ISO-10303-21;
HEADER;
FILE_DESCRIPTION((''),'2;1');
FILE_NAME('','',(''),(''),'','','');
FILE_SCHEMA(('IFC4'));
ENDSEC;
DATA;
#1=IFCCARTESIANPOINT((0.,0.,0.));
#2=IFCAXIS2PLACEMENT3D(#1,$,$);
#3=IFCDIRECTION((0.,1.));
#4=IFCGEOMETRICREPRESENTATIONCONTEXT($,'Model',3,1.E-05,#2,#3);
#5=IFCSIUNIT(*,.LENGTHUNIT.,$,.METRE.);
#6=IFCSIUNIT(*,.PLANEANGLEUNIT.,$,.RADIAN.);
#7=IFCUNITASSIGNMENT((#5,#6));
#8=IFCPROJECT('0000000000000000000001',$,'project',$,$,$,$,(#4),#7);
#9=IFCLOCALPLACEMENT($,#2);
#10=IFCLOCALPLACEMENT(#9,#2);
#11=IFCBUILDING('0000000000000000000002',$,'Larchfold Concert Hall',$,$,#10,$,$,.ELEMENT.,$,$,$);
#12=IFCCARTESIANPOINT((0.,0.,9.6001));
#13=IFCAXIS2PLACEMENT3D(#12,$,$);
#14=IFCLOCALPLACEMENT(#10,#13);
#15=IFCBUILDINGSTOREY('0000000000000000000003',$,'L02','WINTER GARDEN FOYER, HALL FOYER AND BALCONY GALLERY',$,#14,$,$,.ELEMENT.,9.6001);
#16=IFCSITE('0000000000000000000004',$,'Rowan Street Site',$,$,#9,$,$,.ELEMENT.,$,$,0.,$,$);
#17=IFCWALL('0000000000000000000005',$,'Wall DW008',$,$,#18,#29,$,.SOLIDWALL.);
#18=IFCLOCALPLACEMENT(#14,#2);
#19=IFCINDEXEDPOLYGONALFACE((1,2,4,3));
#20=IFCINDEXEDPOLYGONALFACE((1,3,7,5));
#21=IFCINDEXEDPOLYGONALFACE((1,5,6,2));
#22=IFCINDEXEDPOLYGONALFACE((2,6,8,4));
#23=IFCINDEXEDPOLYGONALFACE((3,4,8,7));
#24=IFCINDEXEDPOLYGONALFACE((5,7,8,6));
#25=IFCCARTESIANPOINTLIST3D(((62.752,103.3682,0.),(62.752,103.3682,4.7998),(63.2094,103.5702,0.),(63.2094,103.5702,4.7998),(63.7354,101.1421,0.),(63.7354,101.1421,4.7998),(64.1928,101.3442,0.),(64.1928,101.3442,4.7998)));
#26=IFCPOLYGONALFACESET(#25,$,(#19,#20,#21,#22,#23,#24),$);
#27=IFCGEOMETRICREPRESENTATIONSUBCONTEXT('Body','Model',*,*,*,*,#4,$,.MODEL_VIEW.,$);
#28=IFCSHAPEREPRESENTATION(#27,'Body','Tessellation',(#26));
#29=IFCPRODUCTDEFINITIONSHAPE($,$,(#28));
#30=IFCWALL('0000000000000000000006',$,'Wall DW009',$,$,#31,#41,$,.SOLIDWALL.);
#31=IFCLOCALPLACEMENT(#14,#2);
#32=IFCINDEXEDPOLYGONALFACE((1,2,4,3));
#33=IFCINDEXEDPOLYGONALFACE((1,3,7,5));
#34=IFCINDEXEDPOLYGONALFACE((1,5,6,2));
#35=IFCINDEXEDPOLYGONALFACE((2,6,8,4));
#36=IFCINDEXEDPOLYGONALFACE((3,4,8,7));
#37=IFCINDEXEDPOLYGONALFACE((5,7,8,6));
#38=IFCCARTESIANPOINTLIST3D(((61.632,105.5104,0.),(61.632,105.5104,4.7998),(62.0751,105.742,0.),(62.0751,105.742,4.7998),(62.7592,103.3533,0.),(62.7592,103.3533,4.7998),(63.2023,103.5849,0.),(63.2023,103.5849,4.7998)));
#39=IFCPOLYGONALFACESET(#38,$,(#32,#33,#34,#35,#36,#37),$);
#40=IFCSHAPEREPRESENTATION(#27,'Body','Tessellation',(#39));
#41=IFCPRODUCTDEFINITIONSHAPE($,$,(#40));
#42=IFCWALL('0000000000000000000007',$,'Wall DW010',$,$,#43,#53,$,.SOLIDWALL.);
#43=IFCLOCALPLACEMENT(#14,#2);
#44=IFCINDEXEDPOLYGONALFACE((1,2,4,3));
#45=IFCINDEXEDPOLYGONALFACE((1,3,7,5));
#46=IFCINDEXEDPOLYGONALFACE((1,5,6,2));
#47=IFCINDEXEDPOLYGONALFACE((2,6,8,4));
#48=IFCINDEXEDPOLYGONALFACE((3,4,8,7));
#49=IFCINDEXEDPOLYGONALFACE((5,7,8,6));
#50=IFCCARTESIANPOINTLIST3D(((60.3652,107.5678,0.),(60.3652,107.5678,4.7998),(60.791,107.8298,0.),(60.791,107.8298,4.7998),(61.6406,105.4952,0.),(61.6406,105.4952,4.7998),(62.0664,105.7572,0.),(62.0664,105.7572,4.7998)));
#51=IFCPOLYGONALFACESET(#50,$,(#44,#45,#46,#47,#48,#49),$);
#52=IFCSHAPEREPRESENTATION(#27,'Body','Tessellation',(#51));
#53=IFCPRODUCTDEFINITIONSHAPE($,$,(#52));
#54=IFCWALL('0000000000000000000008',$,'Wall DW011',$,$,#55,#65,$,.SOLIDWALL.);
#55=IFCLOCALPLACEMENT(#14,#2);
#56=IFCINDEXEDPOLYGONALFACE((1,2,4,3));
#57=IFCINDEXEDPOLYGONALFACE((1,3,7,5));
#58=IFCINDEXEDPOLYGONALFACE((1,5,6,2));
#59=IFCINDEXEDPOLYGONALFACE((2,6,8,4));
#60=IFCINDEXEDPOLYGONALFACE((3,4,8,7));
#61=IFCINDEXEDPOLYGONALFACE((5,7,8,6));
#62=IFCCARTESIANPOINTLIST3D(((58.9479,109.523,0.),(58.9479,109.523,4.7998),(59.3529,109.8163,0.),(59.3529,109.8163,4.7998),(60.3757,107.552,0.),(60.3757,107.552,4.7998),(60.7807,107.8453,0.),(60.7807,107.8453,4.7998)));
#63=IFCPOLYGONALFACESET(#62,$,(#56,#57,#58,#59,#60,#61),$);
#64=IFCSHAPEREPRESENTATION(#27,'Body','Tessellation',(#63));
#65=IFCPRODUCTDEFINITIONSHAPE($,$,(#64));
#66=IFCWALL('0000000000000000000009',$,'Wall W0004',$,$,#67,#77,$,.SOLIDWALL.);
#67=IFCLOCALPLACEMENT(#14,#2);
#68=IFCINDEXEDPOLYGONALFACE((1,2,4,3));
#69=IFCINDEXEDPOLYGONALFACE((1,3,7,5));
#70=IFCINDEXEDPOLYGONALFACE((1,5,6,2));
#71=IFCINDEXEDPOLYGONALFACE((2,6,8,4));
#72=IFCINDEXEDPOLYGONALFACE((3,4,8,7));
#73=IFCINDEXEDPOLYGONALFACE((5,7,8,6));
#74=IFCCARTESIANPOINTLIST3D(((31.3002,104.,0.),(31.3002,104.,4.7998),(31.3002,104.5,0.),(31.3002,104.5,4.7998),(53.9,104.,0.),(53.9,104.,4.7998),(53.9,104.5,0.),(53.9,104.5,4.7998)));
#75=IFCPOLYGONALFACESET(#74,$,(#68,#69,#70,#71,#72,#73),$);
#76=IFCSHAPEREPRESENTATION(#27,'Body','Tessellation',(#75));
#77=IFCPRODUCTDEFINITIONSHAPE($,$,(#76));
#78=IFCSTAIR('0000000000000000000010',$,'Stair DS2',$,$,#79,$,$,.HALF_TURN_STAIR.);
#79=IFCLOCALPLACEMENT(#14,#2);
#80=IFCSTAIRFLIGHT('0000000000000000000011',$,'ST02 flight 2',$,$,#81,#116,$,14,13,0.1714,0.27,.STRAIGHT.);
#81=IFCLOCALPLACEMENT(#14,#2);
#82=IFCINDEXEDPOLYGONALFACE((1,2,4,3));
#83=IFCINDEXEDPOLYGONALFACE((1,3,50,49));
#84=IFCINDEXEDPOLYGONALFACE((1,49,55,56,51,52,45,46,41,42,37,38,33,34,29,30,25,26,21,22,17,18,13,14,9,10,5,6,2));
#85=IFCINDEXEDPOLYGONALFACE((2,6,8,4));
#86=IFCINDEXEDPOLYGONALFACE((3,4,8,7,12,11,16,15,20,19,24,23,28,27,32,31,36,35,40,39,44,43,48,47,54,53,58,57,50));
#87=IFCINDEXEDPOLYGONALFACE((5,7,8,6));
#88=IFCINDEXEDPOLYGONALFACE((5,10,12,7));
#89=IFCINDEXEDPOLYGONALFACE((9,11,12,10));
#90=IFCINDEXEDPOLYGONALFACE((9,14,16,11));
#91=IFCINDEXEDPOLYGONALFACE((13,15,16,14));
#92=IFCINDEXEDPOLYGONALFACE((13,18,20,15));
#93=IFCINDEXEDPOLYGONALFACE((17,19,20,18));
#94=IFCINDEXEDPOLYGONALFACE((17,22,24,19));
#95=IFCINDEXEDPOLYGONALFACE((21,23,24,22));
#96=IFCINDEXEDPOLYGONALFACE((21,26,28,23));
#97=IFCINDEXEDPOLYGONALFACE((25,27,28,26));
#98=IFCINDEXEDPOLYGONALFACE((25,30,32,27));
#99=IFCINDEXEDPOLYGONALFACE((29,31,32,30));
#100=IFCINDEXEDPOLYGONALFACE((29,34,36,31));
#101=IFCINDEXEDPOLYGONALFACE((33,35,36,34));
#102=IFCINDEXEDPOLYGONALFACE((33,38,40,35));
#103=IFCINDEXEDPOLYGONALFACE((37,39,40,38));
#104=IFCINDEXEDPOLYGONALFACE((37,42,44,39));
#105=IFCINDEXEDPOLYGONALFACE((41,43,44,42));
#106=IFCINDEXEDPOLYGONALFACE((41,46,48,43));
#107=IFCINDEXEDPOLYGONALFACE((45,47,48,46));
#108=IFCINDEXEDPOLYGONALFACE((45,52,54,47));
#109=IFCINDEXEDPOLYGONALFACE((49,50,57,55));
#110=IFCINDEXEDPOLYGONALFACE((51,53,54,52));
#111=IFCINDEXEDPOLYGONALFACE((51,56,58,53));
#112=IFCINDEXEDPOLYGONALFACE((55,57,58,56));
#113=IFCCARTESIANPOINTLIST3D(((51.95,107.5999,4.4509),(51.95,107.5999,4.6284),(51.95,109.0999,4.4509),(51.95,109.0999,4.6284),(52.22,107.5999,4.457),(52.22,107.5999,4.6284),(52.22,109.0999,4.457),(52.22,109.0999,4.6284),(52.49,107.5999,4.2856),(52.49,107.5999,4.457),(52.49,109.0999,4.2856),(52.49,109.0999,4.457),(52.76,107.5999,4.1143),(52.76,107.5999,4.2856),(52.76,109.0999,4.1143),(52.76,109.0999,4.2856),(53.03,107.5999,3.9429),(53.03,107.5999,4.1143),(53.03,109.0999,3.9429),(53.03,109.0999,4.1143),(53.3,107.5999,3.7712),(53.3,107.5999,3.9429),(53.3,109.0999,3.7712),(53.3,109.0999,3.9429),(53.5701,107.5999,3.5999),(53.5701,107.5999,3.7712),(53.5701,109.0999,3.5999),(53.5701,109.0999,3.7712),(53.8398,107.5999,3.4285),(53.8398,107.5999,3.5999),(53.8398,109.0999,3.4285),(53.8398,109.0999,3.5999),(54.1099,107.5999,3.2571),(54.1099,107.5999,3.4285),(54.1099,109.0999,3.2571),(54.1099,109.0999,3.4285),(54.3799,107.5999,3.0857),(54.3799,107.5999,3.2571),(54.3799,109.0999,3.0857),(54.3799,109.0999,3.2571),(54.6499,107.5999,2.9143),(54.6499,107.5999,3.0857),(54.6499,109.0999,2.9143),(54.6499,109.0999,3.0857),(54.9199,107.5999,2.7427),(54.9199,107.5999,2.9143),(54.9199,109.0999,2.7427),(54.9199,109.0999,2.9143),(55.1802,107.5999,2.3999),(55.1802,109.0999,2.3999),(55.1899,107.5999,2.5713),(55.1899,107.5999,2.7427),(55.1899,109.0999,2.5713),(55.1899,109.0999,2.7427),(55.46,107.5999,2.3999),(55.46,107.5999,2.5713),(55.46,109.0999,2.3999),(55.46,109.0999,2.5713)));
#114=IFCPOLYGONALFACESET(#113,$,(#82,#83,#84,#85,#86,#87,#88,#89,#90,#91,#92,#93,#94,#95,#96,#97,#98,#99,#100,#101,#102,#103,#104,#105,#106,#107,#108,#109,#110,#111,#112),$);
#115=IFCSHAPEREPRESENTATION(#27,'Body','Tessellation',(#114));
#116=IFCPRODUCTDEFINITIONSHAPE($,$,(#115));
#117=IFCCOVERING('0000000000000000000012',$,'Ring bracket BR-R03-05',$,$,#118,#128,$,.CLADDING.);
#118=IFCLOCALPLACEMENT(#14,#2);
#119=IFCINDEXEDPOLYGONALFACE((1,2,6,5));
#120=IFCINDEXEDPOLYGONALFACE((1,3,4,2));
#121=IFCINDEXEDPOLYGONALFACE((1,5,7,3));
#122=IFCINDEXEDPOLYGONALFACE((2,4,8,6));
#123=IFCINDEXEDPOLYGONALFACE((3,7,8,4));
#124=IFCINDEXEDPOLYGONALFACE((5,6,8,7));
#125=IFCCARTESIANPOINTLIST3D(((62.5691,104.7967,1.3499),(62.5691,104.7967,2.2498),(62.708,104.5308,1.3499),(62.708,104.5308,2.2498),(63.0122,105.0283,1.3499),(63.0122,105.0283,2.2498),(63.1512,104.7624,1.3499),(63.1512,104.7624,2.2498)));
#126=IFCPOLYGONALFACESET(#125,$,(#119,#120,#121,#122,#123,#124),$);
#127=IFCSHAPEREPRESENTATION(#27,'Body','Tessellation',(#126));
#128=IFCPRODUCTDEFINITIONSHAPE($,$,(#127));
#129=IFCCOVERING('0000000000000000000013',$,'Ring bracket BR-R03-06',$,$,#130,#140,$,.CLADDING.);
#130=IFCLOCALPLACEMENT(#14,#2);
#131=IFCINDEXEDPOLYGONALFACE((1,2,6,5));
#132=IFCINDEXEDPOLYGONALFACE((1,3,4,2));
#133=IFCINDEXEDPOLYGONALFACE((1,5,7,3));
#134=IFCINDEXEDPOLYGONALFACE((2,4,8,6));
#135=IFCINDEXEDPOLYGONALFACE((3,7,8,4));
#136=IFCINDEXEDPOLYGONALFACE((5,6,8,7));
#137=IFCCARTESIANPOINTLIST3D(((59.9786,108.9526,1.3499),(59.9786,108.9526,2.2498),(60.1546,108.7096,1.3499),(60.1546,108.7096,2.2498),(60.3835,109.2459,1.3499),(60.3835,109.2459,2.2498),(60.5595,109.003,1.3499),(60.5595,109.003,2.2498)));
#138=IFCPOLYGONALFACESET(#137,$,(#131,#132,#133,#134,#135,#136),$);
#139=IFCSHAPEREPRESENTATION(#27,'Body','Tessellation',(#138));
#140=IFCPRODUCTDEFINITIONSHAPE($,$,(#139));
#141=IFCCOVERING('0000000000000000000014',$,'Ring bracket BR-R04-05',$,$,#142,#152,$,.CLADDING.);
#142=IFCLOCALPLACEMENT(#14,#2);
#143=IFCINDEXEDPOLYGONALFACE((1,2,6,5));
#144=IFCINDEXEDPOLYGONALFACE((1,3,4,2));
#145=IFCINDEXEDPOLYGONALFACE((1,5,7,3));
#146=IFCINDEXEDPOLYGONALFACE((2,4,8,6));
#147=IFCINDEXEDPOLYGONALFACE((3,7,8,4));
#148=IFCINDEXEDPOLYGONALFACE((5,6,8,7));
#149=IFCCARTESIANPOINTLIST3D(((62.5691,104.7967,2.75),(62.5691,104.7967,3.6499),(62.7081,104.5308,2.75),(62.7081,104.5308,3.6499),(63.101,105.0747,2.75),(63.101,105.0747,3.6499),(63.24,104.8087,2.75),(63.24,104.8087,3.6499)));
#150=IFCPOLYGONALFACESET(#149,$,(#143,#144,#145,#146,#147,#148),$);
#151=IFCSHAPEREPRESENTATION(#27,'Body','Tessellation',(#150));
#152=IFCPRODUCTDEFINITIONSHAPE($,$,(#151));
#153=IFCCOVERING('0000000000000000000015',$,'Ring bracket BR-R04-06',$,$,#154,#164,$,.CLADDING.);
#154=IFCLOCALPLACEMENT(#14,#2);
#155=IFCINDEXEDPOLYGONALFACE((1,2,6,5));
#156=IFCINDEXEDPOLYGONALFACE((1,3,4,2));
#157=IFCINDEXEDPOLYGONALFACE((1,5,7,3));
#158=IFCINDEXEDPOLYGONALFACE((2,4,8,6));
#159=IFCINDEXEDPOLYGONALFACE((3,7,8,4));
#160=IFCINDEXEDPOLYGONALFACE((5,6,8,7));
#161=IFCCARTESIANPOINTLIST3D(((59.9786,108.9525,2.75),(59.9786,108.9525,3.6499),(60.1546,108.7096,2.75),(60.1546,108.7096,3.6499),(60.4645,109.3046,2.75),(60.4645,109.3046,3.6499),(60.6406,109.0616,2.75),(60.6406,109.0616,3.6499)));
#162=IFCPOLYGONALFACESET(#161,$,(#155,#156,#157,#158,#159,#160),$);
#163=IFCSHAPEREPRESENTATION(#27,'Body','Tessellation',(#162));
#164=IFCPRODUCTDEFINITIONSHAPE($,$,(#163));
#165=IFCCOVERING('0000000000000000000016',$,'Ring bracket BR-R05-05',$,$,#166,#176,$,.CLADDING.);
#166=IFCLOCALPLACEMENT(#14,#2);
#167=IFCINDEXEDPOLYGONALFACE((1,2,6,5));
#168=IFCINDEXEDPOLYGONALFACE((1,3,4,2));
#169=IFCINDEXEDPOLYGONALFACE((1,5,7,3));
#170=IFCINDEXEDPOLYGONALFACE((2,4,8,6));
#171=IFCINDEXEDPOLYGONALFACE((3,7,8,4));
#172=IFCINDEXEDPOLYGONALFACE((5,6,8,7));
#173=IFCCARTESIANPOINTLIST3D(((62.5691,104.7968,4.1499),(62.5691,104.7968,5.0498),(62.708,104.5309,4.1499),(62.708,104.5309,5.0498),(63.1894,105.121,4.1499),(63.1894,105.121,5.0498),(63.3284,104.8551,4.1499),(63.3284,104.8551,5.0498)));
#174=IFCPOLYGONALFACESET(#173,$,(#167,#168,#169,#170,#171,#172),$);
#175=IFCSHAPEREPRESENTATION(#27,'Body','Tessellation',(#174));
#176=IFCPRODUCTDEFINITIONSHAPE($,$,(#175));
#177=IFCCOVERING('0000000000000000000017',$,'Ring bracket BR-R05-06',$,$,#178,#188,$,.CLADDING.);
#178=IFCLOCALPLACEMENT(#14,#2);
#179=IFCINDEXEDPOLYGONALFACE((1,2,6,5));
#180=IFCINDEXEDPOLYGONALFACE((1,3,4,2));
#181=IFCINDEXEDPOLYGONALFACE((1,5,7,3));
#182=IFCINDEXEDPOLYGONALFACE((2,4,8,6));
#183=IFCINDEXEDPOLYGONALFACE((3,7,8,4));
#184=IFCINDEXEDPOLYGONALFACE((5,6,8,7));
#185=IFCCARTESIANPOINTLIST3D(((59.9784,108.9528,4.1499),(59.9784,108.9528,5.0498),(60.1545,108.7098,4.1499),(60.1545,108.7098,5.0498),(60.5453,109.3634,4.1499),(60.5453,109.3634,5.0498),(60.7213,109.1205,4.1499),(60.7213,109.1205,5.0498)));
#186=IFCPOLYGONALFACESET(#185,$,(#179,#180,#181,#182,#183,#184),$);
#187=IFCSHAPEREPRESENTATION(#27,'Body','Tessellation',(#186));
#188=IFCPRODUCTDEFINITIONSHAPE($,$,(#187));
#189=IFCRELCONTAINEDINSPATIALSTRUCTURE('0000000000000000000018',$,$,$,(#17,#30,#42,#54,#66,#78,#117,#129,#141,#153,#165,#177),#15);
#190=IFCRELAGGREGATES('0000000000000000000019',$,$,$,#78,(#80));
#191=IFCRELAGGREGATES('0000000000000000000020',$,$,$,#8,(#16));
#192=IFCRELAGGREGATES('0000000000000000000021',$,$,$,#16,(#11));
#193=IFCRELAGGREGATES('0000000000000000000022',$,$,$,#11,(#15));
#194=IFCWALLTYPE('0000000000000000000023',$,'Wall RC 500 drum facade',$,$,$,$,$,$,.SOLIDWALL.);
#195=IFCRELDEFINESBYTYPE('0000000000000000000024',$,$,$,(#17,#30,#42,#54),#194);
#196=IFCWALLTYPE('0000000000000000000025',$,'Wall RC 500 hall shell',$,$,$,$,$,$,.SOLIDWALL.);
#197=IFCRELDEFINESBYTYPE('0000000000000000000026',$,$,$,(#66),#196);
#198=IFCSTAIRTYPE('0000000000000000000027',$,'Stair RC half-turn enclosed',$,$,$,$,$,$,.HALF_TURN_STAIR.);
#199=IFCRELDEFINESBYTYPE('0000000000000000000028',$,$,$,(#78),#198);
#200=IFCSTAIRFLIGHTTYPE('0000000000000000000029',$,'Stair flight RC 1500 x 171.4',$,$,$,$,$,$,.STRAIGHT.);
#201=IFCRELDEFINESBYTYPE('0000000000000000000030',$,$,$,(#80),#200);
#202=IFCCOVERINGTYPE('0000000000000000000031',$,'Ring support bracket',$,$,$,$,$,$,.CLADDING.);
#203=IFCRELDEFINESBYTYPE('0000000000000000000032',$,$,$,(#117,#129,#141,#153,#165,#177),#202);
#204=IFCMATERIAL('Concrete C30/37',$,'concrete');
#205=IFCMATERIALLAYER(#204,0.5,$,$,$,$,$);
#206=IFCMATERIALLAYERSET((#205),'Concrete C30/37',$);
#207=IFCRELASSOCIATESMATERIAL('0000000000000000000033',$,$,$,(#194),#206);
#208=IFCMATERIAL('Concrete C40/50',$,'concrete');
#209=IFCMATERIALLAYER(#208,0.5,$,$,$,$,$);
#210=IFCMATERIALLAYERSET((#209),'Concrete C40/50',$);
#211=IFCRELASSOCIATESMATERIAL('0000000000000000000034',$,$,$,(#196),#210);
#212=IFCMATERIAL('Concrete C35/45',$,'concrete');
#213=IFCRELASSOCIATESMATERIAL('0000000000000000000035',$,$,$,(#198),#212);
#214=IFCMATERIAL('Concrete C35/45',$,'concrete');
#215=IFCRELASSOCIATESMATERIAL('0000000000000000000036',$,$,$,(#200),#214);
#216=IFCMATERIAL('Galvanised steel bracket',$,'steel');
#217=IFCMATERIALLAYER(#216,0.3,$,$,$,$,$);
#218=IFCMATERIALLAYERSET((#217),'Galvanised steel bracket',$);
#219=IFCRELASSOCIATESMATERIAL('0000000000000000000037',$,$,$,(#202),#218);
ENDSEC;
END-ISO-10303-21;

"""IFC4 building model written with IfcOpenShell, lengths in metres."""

from ifc_helpers import new_model, si_unit, direction, frame, frame_2d, origin, origin_2d, place, context, subcontext, project, spatial, polyline, rectangle, outline, extrude, material, layer, layer_set, type_object, element, aggregate, save


model = new_model("IFC4")

# Units and contexts
model_context = context("Model", 3, precision=1e-05, world=origin(), true_north=direction((0.0, 1.0)))
body_context = subcontext(model_context, "Body", "Model", "MODEL_VIEW")
ifc_project = project(units=[si_unit("LENGTHUNIT", "METRE"), si_unit("PLANEANGLEUNIT", "RADIAN")], contexts=[model_context])

# Site, building, storey
site_placement = place(None, origin())
site = spatial("IfcSite", under=ifc_project, at=site_placement, Name="Rowan Street Site", CompositionType="ELEMENT", RefElevation=0.0)
building_placement = place(site_placement, origin())
building = spatial("IfcBuilding", under=site, at=building_placement, Name="Larchfold Concert Hall", CompositionType="ELEMENT")
storey_placement = place(building_placement, frame((0.0, 0.0, 9.6001)))
storey = spatial("IfcBuildingStorey", under=building, at=storey_placement, Name="L02", Description="WINTER GARDEN FOYER, HALL FOYER AND BALCONY GALLERY", CompositionType="ELEMENT", Elevation=9.6001)

# Walls
ifc_material_1 = material(Name="Concrete C30/37", Category="concrete")
ifc_layer_1 = layer(ifc_material_1, 0.5)
ifc_layer_set_1 = layer_set([ifc_layer_1], Name="Concrete C30/37")
wall_type_1 = type_object("IfcWallType", Name="Wall RC 500 drum facade", PredefinedType="SOLIDWALL", material=ifc_layer_set_1)
wall_1_placement = place(storey_placement, frame((63.9641, 101.2432, 0.0), z_axis=(0.0, 0.0, 1.0), x_axis=(-0.40409, 0.914719, 0.0)))
element("IfcWall", 1, at=wall_1_placement, inside=storey, type_object=wall_type_1, Name="Wall DW008", PredefinedType="SOLIDWALL", context=body_context, shape_type="SweptSolid", body=[
    extrude(rectangle(XDim=2.4336, YDim=0.5, at=frame_2d((1.2168, 0.0))), origin(), (0.0, 0.0, 1.0), 4.7998),
])
wall_2_placement = place(storey_placement, frame((62.9807, 103.4692, 0.0), z_axis=(0.0, 0.0, 1.0), x_axis=(-0.463152, 0.886279, 0.0)))
element("IfcWall", 2, at=wall_2_placement, inside=storey, type_object=wall_type_1, Name="Wall DW009", PredefinedType="SOLIDWALL", context=body_context, shape_type="SweptSolid", body=[
    extrude(rectangle(XDim=2.4338, YDim=0.5, at=frame_2d((1.2168, 0.0))), origin(), (0.0, 0.0, 1.0), 4.7998),
])
wall_3_placement = place(storey_placement, frame((61.8535, 105.6262, 0.0), z_axis=(0.0, 0.0, 1.0), x_axis=(-0.524097, 0.851658, 0.0)))
element("IfcWall", 3, at=wall_3_placement, inside=storey, type_object=wall_type_1, Name="Wall DW010", PredefinedType="SOLIDWALL", context=body_context, shape_type="SweptSolid", body=[
    extrude(rectangle(XDim=2.4336, YDim=0.5, at=frame_2d((1.2168, 0.0))), origin(), (0.0, 0.0, 1.0), 4.7998),
])
wall_4_placement = place(storey_placement, frame((60.5781, 107.6987, 0.0), z_axis=(0.0, 0.0, 1.0), x_axis=(-0.586644, 0.809845, 0.0)))
element("IfcWall", 4, at=wall_4_placement, inside=storey, type_object=wall_type_1, Name="Wall DW011", PredefinedType="SOLIDWALL", context=body_context, shape_type="SweptSolid", body=[
    extrude(rectangle(XDim=2.4338, YDim=0.5, at=frame_2d((1.2168, 0.0))), origin(), (0.0, 0.0, 1.0), 4.7998),
])
ifc_material_2 = material(Name="Concrete C40/50", Category="concrete")
ifc_layer_2 = layer(ifc_material_2, 0.5)
ifc_layer_set_2 = layer_set([ifc_layer_2], Name="Concrete C40/50")
wall_type_2 = type_object("IfcWallType", Name="Wall RC 500 hall shell", PredefinedType="SOLIDWALL", material=ifc_layer_set_2)
wall_5_placement = place(storey_placement, frame((53.8999, 104.25, 0.0), z_axis=(0.0, 0.0, 1.0), x_axis=(-1.0, 0.0, 0.0)))
element("IfcWall", 5, at=wall_5_placement, inside=storey, type_object=wall_type_2, Name="Wall W0004", PredefinedType="SOLIDWALL", context=body_context, shape_type="SweptSolid", body=[
    extrude(rectangle(XDim=22.5999, YDim=0.5, at=frame_2d((11.2998, 0.0))), origin(), (0.0, 0.0, 1.0), 4.7998),
])

# Stair, stair flight
ifc_material_3 = material(Name="Concrete C35/45", Category="concrete")
stair_type = type_object("IfcStairType", Name="Stair RC half-turn enclosed", PredefinedType="HALF_TURN_STAIR", material=ifc_material_3)
stair_placement = place(storey_placement, origin())
stair = element("IfcStair", 6, at=stair_placement, inside=storey, type_object=stair_type, Name="Stair DS2", PredefinedType="HALF_TURN_STAIR")
ifc_material_4 = material(Name="Concrete C35/45", Category="concrete")
stair_flight_type = type_object("IfcStairFlightType", Name="Stair flight RC 1500 x 171.4", PredefinedType="STRAIGHT", material=ifc_material_4)
stair_flight_placement = place(storey_placement, frame((55.46, 108.3499, 2.3999), z_axis=(0.0, 0.0, 1.0), x_axis=(-1.0, 0.0, 0.0)))
stair_flight = element("IfcStairFlight", 7, at=stair_flight_placement, type_object=stair_flight_type, Name="ST02 flight 2", NumberOfRisers=14, NumberOfTreads=13, PredefinedType="STRAIGHT", RiserHeight=0.1714, TreadLength=0.27, context=body_context, shape_type="SweptSolid", body=[
    extrude(outline(polyline([(0.0, 0.0), (0.0, 0.1714), (0.27, 0.1714), (0.27, 0.3428), (0.54, 0.3428), (0.54, 0.5144), (0.8101, 0.5144), (0.8101, 0.6858), (1.0801, 0.6858), (1.0801, 0.8572), (1.3501, 0.8572), (1.3501, 1.0286), (1.6201, 1.0286), (1.6201, 1.2), (1.8899, 1.2), (1.8899, 1.3713), (2.1599, 1.3713), (2.1599, 1.543), (2.4299, 1.543), (2.4299, 1.7144), (2.7, 1.7144), (2.7, 1.8857), (2.97, 1.8857), (2.97, 2.0571), (3.24, 2.0571), (3.24, 2.2285), (3.51, 2.2285), (3.51, 2.3999), (3.51, 2.051), (0.2798, 0.0), (0.0, 0.0)])), frame((0.0, 0.75, 0.0), z_axis=(0.0, -1.0, 0.0), x_axis=(1.0, 0.0, 0.0)), (0.0, 0.0, 1.0), 1.5),
])
aggregate(stair, [stair_flight])

# Coverings
ifc_material_5 = material(Name="Galvanised steel bracket", Category="steel")
ifc_layer_3 = layer(ifc_material_5, 0.3)
ifc_layer_set_3 = layer_set([ifc_layer_3], Name="Galvanised steel bracket")
covering_type = type_object("IfcCoveringType", Name="Ring support bracket", PredefinedType="CLADDING", material=ifc_layer_set_3)
for number, where, z_axis, x_axis, name in (
    (8, (62.8601, 104.7795, 1.3499), (0.0, 0.0, 1.0), (0.886274, 0.463162, 0.0), "Ring bracket BR-R03-05"),
    (9, (60.269, 108.9778, 1.3499), (0.0, 0.0, 1.0), (0.809815, 0.586685, 0.0), "Ring bracket BR-R03-06"),
):
    element("IfcCovering", number, at=place(storey_placement, frame(where, z_axis=z_axis, x_axis=x_axis)), inside=storey, type_object=covering_type, Name=name, PredefinedType="CLADDING", context=body_context, shape_type="SweptSolid", body=[
        extrude(rectangle(XDim=0.5, YDim=0.3, at=origin_2d()), origin(), (0.0, 0.0, 1.0), 0.8999),
    ])
for number, where, z_axis, x_axis, name in (
    (10, (62.9045, 104.8027, 2.75), (0.0, 0.0, 1.0), (0.886274, 0.463162, 0.0), "Ring bracket BR-R04-05"),
    (11, (60.3096, 109.0071, 2.75), (0.0, 0.0, 1.0), (0.809815, 0.586685, 0.0), "Ring bracket BR-R04-06"),
):
    element("IfcCovering", number, at=place(storey_placement, frame(where, z_axis=z_axis, x_axis=x_axis)), inside=storey, type_object=covering_type, Name=name, PredefinedType="CLADDING", context=body_context, shape_type="SweptSolid", body=[
        extrude(rectangle(XDim=0.6001, YDim=0.3, at=origin_2d()), origin(), (0.0, 0.0, 1.0), 0.8999),
    ])
for number, where, z_axis, x_axis, name in (
    (12, (62.9487, 104.8259, 4.1499), (0.0, 0.0, 1.0), (0.886274, 0.463162, 0.0), "Ring bracket BR-R05-05"),
    (13, (60.3499, 109.0366, 4.1499), (0.0, 0.0, 1.0), (0.809815, 0.586685, 0.0), "Ring bracket BR-R05-06"),
):
    element("IfcCovering", number, at=place(storey_placement, frame(where, z_axis=z_axis, x_axis=x_axis)), inside=storey, type_object=covering_type, Name=name, PredefinedType="CLADDING", context=body_context, shape_type="SweptSolid", body=[
        extrude(rectangle(XDim=0.7, YDim=0.3, at=origin_2d()), origin(), (0.0, 0.0, 1.0), 0.8999),
    ])

save(model, "model.ifc")
